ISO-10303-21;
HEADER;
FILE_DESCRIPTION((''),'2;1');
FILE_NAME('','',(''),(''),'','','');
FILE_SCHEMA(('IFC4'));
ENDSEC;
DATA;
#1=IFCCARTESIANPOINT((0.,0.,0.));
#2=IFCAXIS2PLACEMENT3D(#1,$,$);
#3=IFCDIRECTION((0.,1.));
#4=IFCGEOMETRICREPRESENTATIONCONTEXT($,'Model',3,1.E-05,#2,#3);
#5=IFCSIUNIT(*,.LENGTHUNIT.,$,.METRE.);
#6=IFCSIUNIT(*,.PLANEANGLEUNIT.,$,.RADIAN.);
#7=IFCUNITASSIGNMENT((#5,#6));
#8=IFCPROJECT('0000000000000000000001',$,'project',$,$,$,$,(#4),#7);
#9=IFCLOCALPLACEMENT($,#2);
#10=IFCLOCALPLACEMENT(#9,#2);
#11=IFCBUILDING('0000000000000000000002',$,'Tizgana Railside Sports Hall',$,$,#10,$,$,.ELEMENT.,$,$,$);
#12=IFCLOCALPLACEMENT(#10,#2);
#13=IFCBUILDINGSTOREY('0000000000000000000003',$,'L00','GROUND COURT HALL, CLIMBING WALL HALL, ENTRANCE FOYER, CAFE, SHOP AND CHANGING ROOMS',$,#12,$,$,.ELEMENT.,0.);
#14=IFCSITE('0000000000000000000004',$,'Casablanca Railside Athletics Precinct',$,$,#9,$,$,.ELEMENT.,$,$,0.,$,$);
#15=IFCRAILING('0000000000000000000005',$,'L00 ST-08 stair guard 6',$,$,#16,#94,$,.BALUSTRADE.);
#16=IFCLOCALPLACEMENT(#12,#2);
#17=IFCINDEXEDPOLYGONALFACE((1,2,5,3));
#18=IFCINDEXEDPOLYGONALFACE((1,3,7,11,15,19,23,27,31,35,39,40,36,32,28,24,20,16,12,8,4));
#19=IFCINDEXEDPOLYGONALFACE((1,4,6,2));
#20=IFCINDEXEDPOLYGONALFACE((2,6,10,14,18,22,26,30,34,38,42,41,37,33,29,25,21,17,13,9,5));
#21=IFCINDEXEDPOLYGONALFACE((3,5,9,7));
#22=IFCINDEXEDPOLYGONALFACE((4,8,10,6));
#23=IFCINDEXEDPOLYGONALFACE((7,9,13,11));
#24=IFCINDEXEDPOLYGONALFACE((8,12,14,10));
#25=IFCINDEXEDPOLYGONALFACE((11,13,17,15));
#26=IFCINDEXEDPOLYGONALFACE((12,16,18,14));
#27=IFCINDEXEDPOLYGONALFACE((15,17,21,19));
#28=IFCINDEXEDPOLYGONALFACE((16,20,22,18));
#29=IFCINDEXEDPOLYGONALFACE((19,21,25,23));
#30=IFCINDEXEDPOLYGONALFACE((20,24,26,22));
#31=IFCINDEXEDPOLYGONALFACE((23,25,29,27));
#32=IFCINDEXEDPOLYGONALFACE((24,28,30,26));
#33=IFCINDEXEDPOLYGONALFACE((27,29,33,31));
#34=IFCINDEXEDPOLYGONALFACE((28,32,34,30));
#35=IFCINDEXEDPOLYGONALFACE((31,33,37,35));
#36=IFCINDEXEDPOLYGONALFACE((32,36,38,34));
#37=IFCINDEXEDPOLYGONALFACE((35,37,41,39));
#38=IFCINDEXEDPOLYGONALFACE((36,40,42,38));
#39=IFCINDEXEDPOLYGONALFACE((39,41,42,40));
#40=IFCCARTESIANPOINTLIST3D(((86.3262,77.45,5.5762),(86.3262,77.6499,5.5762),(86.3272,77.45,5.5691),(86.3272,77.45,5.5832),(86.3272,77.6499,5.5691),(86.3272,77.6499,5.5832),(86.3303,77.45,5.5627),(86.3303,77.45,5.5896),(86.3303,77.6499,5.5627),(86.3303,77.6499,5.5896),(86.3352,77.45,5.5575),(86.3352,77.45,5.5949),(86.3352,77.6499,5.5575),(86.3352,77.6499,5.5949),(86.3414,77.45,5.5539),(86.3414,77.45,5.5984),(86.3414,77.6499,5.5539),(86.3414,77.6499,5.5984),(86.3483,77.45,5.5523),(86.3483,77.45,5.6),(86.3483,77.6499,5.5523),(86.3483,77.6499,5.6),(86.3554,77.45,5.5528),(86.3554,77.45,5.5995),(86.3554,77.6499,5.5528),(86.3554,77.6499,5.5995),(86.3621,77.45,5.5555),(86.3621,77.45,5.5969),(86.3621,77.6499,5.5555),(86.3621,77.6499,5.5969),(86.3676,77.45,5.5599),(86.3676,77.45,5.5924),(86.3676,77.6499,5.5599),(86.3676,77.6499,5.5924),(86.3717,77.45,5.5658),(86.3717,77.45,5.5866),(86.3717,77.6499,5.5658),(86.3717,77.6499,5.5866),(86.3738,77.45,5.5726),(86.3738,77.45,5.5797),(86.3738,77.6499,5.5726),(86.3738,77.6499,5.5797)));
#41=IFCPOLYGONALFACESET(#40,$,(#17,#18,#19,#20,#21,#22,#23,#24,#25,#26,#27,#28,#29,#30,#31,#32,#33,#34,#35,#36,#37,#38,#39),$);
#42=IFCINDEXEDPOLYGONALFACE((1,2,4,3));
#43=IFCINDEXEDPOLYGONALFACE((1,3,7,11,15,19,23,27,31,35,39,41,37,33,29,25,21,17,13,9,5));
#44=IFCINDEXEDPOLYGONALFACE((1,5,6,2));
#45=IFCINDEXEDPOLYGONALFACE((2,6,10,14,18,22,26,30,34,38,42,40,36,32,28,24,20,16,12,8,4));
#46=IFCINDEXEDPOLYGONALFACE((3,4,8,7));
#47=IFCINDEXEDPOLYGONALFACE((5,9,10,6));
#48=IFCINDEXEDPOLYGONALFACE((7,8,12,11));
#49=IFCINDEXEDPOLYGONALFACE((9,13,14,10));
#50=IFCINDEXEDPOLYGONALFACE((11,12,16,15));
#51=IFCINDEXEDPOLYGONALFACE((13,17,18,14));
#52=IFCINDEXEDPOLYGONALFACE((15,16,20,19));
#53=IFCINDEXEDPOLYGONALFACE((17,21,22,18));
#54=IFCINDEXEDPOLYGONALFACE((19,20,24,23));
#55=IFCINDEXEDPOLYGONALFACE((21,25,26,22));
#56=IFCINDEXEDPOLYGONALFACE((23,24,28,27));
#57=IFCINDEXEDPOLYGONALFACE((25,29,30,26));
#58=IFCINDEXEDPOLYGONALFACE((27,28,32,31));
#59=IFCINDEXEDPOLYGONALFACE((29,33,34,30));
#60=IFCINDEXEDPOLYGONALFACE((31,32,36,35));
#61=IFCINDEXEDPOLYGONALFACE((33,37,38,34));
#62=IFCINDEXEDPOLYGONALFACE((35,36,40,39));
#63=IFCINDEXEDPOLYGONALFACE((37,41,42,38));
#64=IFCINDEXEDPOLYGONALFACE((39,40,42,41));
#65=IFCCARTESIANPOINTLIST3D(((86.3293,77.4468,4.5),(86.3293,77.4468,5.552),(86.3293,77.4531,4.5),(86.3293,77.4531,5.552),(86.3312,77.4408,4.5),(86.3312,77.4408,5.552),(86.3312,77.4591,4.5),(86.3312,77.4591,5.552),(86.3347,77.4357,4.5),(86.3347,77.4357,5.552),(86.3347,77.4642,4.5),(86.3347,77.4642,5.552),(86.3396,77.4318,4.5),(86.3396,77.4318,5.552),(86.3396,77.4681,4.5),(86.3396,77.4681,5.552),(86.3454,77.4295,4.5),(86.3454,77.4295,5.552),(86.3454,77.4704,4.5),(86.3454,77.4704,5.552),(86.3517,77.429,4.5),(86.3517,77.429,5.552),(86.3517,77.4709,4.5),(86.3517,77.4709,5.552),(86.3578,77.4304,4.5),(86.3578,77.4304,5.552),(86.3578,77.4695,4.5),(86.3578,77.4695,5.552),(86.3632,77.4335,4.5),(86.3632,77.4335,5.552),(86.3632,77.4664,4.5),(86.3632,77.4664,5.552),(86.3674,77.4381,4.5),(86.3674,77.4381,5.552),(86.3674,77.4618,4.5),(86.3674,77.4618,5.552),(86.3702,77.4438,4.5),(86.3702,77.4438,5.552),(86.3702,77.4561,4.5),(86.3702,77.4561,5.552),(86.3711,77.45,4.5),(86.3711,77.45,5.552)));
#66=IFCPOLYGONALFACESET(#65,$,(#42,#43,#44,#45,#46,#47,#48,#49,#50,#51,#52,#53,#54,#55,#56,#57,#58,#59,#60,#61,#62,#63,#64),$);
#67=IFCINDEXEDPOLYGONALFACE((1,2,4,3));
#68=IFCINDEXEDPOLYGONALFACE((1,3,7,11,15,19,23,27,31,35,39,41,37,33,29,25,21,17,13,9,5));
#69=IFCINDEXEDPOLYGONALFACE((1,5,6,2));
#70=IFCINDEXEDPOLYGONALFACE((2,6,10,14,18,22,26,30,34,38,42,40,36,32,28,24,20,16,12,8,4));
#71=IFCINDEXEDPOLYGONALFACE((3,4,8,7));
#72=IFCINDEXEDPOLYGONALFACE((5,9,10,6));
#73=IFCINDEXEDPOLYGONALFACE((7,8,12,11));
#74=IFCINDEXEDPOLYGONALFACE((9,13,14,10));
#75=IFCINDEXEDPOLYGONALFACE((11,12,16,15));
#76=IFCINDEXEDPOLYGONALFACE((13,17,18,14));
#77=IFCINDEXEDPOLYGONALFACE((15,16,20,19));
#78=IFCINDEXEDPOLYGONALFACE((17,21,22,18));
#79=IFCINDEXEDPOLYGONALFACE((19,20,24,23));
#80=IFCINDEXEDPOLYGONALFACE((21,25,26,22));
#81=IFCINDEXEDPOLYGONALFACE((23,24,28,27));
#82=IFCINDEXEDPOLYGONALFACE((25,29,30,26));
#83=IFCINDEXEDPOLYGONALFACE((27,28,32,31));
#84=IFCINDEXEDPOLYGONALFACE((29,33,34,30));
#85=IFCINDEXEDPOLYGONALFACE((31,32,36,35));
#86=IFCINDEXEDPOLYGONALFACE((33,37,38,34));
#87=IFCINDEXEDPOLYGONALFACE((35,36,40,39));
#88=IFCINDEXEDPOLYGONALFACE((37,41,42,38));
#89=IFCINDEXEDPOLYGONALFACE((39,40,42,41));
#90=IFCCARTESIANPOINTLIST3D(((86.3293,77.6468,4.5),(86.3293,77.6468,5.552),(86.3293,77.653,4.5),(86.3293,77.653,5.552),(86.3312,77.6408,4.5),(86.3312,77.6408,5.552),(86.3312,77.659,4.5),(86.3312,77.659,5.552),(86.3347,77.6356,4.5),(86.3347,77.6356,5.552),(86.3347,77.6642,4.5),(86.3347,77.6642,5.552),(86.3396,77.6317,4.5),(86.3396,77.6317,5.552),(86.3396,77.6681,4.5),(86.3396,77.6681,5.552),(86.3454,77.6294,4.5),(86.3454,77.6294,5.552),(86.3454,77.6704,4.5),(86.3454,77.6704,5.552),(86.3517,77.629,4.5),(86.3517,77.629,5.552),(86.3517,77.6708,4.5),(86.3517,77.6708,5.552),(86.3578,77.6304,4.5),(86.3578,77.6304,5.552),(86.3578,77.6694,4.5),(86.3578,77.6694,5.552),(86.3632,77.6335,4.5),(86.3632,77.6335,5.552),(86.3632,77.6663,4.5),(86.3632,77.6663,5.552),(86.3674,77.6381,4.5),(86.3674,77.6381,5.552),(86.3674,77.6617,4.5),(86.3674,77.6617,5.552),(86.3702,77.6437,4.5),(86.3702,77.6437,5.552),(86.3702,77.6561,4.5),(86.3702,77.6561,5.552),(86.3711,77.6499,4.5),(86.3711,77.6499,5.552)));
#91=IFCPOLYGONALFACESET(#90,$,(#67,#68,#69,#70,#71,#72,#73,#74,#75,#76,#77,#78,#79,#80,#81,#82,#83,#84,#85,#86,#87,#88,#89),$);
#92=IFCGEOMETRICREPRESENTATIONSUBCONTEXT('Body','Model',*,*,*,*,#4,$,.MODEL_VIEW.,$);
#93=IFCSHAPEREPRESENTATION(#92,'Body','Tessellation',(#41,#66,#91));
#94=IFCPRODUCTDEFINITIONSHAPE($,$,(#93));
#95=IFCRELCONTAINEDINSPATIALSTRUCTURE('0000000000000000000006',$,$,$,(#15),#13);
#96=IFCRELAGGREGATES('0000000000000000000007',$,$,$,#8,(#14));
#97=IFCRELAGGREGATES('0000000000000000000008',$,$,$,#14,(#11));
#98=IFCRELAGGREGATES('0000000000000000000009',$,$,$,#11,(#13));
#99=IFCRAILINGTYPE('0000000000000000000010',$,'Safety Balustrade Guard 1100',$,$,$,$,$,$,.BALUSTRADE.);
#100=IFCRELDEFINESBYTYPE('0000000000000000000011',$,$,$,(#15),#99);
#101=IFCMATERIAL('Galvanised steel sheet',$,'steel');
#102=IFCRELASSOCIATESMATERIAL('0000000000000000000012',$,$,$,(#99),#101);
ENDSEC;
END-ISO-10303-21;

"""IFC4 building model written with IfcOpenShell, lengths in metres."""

from ifc_helpers import new_model, si_unit, direction, frame, origin, origin_2d, place, context, subcontext, project, spatial, circle, extrude, material, type_object, element, save


model = new_model("IFC4")

# Units and contexts
model_context = context("Model", 3, precision=1e-05, world=origin(), true_north=direction((0.0, 1.0)))
body_context = subcontext(model_context, "Body", "Model", "MODEL_VIEW")
ifc_project = project(units=[si_unit("LENGTHUNIT", "METRE"), si_unit("PLANEANGLEUNIT", "RADIAN")], contexts=[model_context])

# Site, building, storey
site_placement = place(None, origin())
site = spatial("IfcSite", under=ifc_project, at=site_placement, Name="Casablanca Railside Athletics Precinct", CompositionType="ELEMENT", RefElevation=0.0)
building_placement = place(site_placement, origin())
building = spatial("IfcBuilding", under=site, at=building_placement, Name="Tizgana Railside Sports Hall", CompositionType="ELEMENT")
storey_placement = place(building_placement, origin())
storey = spatial("IfcBuildingStorey", under=building, at=storey_placement, Name="L00", Description="GROUND COURT HALL, CLIMBING WALL HALL, ENTRANCE FOYER, CAFE, SHOP AND CHANGING ROOMS", CompositionType="ELEMENT", Elevation=0.0)

# Shared definitions
ifc_material_1 = material(Name="Galvanised steel sheet", Category="steel")

# Railing
railing_type_1 = type_object("IfcRailingType", Name="Safety Balustrade Guard 1100", PredefinedType="BALUSTRADE", material=ifc_material_1)
railing_1_placement = place(storey_placement, frame((86.3501, 77.45, 4.5)))
element("IfcRailing", 1, at=railing_1_placement, inside=storey, type_object=railing_type_1, Name="L00 ST-08 stair guard 6", PredefinedType="BALUSTRADE", context=body_context, shape_type="SweptSolid", body=[
    extrude(circle(Radius=0.0239, at=origin_2d()), frame((0.0, 0.0, 1.0762), z_axis=(0.0, 1.0, 0.0), x_axis=(-1.0, 0.0, 0.0)), (0.0, 0.0, 1.0), 0.2),
    extrude(circle(Radius=0.021, at=origin_2d()), origin(), (0.0, 0.0, 1.0), 1.052),
    extrude(circle(Radius=0.021, at=origin_2d()), frame((0.0, 0.2, 0.0)), (0.0, 0.0, 1.0), 1.052),
])

save(model, "model.ifc")
